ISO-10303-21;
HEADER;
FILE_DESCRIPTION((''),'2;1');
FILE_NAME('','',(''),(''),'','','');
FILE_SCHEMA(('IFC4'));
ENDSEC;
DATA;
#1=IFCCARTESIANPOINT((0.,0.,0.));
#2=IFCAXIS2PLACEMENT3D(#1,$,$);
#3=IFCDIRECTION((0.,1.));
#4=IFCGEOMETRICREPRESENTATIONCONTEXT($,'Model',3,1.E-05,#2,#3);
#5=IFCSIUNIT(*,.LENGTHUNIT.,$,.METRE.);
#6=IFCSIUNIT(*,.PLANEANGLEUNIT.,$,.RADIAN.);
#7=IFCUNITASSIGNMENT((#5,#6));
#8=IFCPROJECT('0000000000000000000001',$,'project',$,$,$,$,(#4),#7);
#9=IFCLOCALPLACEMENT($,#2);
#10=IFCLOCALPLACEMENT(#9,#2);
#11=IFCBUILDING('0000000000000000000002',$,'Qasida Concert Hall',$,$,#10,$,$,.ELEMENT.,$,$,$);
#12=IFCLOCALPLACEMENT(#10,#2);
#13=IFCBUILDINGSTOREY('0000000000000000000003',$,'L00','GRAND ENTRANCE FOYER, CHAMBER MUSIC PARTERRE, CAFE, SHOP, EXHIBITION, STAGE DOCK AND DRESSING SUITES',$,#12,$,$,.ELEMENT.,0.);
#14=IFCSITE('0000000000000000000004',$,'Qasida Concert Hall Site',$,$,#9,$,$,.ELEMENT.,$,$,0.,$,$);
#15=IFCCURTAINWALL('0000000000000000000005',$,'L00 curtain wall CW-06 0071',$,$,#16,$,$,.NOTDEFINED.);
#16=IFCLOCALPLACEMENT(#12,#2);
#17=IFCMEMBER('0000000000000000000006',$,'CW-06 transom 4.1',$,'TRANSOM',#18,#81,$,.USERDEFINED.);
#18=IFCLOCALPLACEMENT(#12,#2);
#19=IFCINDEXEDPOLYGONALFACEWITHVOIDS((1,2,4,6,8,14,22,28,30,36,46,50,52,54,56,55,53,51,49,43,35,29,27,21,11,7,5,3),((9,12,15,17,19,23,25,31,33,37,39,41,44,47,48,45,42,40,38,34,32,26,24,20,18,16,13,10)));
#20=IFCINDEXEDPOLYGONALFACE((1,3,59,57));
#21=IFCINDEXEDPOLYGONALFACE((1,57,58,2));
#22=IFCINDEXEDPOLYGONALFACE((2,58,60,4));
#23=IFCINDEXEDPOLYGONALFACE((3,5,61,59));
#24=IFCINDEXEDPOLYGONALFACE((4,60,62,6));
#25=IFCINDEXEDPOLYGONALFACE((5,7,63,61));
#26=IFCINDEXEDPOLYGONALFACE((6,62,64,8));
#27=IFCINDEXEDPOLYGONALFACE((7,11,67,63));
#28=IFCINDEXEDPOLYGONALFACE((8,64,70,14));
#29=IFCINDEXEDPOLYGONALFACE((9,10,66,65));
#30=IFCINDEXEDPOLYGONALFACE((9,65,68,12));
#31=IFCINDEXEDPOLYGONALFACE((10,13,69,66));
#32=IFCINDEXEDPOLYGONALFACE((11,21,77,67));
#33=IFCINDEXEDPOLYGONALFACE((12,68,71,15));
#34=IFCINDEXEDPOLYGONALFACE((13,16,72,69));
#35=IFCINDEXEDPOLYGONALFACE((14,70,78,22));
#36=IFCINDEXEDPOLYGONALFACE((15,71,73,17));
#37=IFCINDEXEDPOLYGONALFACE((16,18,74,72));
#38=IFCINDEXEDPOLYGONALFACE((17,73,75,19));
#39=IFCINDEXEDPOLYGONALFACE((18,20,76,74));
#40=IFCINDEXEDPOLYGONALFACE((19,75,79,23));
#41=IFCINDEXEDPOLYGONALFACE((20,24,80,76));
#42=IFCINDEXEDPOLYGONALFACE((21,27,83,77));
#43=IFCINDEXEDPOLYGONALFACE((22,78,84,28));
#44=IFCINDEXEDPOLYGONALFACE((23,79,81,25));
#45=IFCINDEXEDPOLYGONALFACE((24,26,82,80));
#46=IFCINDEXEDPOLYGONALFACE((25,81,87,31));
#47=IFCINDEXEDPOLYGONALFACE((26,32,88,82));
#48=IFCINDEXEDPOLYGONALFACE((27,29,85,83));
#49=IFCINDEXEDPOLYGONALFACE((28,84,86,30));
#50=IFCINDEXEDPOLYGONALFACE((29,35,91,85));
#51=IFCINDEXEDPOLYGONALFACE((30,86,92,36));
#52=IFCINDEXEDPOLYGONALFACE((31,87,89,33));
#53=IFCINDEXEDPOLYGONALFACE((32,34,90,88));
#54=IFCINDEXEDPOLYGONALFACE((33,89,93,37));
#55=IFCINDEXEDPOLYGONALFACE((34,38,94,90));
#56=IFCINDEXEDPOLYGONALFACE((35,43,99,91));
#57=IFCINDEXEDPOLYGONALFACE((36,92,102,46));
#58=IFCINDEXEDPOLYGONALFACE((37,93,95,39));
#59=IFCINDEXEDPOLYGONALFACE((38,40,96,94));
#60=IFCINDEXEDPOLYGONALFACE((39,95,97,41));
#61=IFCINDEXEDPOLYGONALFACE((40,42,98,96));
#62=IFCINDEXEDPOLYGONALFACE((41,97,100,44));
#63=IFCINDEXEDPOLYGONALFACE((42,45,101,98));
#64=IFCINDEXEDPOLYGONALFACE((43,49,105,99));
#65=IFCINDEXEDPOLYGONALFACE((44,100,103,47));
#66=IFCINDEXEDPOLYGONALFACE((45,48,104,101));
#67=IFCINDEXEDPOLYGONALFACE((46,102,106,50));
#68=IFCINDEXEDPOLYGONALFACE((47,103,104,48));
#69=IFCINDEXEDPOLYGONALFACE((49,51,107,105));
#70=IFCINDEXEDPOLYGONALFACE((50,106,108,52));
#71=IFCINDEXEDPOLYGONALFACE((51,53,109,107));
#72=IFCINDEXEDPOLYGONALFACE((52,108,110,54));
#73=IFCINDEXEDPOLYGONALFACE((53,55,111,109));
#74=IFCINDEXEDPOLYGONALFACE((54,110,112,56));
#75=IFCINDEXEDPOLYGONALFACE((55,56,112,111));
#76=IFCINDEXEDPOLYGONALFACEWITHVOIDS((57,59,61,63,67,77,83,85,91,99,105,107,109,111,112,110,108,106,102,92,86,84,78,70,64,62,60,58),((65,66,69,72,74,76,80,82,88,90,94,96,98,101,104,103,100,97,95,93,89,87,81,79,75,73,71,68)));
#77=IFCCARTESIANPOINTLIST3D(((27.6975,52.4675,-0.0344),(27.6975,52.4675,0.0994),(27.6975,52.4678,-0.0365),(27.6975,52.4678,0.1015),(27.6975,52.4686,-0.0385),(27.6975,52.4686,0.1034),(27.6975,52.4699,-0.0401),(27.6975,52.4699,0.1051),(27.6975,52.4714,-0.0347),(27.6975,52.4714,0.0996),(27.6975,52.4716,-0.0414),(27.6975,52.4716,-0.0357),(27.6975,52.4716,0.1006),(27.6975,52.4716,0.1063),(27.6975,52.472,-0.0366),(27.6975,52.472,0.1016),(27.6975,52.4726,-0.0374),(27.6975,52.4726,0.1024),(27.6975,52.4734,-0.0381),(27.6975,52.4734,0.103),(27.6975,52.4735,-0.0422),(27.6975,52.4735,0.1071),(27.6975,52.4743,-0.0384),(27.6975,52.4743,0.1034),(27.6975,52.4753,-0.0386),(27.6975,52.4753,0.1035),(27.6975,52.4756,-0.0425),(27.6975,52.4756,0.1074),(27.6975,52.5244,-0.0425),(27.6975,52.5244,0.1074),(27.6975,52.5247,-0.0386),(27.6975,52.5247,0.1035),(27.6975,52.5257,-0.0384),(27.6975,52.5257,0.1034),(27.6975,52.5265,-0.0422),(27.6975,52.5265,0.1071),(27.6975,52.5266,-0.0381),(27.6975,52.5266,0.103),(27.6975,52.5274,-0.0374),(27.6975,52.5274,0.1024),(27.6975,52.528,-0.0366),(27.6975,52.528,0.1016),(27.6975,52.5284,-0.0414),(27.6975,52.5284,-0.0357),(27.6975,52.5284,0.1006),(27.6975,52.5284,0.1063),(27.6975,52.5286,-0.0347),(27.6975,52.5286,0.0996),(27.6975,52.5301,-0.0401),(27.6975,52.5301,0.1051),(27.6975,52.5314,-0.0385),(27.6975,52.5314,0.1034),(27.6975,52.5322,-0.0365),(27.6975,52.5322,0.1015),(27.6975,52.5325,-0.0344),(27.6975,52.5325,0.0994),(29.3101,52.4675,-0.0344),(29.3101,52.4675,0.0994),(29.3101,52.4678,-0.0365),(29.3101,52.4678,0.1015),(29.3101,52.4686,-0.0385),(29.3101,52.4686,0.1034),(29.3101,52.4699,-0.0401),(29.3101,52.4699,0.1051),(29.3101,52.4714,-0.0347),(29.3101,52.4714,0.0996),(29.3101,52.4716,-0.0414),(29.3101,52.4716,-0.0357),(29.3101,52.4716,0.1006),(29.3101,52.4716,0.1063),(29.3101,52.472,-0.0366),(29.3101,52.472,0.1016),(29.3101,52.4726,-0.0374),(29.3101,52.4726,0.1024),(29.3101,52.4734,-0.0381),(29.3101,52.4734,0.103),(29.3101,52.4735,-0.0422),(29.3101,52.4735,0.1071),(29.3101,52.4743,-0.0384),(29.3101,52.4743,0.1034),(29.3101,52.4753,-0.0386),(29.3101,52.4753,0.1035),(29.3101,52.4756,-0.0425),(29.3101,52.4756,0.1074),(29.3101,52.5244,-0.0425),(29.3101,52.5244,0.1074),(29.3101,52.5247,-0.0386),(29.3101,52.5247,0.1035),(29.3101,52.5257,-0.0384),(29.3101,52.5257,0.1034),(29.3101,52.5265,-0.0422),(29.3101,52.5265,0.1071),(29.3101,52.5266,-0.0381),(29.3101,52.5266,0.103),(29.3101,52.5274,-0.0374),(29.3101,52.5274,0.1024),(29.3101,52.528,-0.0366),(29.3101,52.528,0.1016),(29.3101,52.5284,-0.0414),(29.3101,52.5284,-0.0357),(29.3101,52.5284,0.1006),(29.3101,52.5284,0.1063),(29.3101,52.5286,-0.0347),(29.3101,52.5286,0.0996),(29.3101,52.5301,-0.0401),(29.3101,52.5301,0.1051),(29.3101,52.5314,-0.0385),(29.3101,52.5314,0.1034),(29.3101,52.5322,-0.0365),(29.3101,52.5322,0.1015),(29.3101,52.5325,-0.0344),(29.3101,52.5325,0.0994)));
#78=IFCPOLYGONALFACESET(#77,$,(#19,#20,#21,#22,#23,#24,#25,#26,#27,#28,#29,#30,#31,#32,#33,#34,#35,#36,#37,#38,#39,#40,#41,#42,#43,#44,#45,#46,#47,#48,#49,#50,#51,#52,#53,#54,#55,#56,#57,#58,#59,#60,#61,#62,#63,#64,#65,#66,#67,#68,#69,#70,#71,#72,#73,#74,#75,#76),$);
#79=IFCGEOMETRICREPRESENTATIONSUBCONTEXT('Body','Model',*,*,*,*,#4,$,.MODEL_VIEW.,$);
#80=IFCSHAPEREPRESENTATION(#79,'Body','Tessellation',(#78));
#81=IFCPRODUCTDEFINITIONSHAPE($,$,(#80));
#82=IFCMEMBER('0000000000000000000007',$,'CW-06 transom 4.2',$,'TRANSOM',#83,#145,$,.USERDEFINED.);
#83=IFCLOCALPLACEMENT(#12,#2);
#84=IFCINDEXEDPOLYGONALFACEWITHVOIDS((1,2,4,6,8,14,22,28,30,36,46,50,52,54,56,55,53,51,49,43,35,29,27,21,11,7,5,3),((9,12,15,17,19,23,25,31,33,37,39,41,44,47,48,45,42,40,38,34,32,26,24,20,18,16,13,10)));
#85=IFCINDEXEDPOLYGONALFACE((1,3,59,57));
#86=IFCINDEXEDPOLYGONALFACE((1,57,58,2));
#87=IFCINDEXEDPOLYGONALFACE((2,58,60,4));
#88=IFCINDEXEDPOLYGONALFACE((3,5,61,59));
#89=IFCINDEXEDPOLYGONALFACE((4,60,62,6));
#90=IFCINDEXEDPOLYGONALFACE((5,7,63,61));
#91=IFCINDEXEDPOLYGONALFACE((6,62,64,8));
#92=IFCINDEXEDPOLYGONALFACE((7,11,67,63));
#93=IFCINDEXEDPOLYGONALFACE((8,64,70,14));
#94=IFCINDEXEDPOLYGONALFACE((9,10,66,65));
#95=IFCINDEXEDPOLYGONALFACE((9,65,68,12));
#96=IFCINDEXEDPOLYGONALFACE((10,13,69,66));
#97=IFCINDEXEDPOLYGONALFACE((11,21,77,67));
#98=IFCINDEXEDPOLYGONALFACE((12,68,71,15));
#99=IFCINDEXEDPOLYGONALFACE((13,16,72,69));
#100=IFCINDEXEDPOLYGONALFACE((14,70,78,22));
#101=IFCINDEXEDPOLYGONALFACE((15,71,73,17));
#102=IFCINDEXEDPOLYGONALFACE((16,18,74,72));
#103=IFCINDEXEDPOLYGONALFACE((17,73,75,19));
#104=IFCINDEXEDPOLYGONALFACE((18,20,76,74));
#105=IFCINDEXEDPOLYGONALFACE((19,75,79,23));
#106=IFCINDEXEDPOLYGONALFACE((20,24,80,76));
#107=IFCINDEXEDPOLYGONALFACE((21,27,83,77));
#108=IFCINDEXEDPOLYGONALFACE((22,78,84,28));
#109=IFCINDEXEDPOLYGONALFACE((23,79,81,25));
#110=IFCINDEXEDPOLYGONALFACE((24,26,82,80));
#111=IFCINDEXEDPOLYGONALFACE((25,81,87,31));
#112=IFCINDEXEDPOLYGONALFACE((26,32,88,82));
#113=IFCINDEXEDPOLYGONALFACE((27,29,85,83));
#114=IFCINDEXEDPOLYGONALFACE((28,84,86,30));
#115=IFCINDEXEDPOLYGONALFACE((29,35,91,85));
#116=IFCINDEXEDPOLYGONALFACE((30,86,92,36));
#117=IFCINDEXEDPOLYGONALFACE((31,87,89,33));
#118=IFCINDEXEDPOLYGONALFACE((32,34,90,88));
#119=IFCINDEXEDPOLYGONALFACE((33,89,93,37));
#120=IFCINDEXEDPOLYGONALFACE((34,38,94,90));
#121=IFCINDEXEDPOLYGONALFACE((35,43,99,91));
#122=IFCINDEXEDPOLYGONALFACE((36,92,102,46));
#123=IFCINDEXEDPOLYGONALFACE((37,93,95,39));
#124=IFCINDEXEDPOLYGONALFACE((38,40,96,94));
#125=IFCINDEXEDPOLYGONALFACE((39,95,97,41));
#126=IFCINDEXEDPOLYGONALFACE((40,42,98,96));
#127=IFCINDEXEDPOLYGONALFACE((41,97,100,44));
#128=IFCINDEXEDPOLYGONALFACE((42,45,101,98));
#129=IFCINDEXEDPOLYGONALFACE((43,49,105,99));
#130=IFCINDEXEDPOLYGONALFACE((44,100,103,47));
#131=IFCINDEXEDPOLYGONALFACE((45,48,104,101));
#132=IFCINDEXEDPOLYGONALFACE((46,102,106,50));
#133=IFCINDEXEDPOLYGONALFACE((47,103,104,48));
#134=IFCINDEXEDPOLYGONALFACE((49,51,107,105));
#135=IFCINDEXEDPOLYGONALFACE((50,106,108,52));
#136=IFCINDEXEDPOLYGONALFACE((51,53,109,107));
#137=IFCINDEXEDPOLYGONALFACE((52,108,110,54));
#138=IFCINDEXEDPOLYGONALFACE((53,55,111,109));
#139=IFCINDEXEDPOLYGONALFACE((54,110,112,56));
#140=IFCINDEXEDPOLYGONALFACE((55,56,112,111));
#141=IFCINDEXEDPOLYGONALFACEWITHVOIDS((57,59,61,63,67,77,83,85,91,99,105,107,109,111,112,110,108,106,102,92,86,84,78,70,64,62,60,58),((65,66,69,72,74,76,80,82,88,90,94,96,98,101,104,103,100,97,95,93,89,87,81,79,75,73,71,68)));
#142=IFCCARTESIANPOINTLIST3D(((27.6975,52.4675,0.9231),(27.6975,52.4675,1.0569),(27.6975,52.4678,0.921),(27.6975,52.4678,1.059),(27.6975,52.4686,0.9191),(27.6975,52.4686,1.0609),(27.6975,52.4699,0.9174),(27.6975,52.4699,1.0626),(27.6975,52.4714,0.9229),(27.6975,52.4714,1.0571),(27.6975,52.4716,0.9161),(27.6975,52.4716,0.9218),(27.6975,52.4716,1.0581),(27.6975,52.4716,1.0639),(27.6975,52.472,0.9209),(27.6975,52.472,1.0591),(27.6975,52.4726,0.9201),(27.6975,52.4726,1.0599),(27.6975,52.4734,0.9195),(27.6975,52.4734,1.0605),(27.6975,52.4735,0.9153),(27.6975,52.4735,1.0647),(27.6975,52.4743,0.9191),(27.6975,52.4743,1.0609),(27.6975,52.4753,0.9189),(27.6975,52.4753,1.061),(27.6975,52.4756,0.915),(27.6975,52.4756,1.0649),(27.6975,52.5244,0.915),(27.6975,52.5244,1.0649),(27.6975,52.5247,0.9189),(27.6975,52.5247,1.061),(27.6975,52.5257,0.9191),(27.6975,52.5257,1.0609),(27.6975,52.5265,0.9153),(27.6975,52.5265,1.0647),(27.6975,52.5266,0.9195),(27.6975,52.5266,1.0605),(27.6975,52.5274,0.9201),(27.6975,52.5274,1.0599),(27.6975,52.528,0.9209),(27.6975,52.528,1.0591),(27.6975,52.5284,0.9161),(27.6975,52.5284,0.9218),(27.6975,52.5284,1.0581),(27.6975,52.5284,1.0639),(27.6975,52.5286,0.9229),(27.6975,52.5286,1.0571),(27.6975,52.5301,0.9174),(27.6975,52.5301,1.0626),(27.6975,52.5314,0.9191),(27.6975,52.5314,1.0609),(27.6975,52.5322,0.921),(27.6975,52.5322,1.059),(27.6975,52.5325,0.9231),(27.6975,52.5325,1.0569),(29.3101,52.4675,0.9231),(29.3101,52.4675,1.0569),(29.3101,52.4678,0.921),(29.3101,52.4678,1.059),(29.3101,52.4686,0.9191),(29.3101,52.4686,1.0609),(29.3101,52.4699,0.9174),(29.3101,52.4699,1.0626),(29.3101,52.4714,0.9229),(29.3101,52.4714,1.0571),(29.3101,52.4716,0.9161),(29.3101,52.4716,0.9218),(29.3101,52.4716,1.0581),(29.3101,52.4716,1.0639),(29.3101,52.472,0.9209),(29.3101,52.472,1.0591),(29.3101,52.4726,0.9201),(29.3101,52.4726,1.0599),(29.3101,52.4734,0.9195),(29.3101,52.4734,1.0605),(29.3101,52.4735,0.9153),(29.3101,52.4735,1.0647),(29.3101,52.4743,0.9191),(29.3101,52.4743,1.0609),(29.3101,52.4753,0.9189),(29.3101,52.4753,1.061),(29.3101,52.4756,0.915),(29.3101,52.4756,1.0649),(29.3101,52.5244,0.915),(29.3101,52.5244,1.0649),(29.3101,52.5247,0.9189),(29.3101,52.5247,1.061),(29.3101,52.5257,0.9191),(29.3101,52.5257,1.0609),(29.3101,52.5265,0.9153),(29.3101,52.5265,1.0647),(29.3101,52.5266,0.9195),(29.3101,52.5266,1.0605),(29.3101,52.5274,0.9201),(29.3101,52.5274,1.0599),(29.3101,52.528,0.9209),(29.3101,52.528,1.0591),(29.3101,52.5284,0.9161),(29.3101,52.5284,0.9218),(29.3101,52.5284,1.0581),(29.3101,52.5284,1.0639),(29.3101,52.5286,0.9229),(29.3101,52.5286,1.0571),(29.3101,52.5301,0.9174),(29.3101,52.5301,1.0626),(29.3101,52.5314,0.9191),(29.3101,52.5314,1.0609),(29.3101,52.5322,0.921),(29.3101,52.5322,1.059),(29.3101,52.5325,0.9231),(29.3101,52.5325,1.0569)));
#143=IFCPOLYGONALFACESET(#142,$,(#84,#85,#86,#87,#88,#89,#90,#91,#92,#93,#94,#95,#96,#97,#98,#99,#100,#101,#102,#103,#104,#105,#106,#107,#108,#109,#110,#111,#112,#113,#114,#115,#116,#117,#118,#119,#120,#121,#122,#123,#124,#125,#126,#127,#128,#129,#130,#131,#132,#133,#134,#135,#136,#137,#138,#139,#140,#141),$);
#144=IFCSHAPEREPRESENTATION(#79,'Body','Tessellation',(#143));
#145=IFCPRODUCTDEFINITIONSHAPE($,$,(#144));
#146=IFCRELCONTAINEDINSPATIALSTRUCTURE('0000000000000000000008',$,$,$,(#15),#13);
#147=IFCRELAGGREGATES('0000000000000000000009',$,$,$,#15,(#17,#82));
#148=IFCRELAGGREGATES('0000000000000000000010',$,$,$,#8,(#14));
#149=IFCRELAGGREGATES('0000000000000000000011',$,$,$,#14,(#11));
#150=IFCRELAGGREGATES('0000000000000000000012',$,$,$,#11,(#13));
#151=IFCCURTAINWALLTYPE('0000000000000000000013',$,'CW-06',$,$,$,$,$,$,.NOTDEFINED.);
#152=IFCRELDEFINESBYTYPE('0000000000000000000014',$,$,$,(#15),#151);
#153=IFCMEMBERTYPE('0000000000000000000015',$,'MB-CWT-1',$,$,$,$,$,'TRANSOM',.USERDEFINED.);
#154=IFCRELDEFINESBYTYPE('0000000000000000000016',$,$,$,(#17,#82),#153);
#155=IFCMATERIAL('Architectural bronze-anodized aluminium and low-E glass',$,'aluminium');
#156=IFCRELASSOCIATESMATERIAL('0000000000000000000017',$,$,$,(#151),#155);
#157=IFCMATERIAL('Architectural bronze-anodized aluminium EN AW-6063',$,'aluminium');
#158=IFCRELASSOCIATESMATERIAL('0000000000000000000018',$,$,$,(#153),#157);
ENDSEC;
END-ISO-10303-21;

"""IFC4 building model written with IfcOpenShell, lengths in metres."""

from ifc_helpers import new_model, si_unit, direction, frame, origin, origin_2d, place, context, subcontext, project, spatial, hollow_rectangle, extrude, material, material_profile, profile_set, type_object, element, aggregate, save


model = new_model("IFC4")

# Units and contexts
model_context = context("Model", 3, precision=1e-05, world=origin(), true_north=direction((0.0, 1.0)))
body_context = subcontext(model_context, "Body", "Model", "MODEL_VIEW")
ifc_project = project(units=[si_unit("LENGTHUNIT", "METRE"), si_unit("PLANEANGLEUNIT", "RADIAN")], contexts=[model_context])

# Site, building, storey
site_placement = place(None, origin())
site = spatial("IfcSite", under=ifc_project, at=site_placement, Name="Qasida Concert Hall Site", CompositionType="ELEMENT", RefElevation=0.0)
building_placement = place(site_placement, origin())
building = spatial("IfcBuilding", under=site, at=building_placement, Name="Qasida Concert Hall", CompositionType="ELEMENT")
storey_placement = place(building_placement, origin())
storey = spatial("IfcBuildingStorey", under=building, at=storey_placement, Name="L00", Description="GRAND ENTRANCE FOYER, CHAMBER MUSIC PARTERRE, CAFE, SHOP, EXHIBITION, STAGE DOCK AND DRESSING SUITES", CompositionType="ELEMENT", Elevation=0.0)

# Curtain wall
ifc_material_1 = material(Name="Architectural bronze-anodized aluminium and low-E glass", Category="aluminium")
curtain_wall_type = type_object("IfcCurtainWallType", Name="CW-06", PredefinedType="NOTDEFINED", material=ifc_material_1)
curtain_wall_1_placement = place(storey_placement, origin())
curtain_wall_1 = element("IfcCurtainWall", 1, at=curtain_wall_1_placement, inside=storey, type_object=curtain_wall_type, Name="L00 curtain wall CW-06 0071", PredefinedType="NOTDEFINED")
ifc_material_2 = material(Name="Architectural bronze-anodized aluminium EN AW-6063", Category="aluminium")

# Members
ifc_material_profile_1 = material_profile(ifc_material_2, hollow_rectangle(XDim=0.0649, YDim=0.1499, WallThickness=0.0039, InnerFilletRadius=0.0039, OuterFilletRadius=0.0081, at=origin_2d()), Name="CWT 150x65x4")
ifc_profile_set_1 = profile_set([ifc_material_profile_1], Name="Architectural bronze-anodized aluminium EN AW-6063")
member_type_1 = type_object("IfcMemberType", Name="MB-CWT-1", ElementType="TRANSOM", PredefinedType="USERDEFINED", material=ifc_profile_set_1)
member_1_placement = place(storey_placement, frame((27.6975, 52.5, 0.0325), z_axis=(1.0, 0.0, 0.0), x_axis=(0.0, 1.0, 0.0)))
member_1 = element("IfcMember", 2, at=member_1_placement, type_object=member_type_1, Name="CW-06 transom 4.1", ObjectType="TRANSOM", PredefinedType="USERDEFINED", context=body_context, shape_type="SweptSolid", body=[
    extrude(hollow_rectangle(XDim=0.0649, YDim=0.1499, WallThickness=0.0039, InnerFilletRadius=0.0039, OuterFilletRadius=0.0081, at=origin_2d()), origin(), (0.0, 0.0, 1.0), 1.6125),
])
member_2_placement = place(storey_placement, frame((27.6975, 52.5, 0.99), z_axis=(1.0, 0.0, 0.0), x_axis=(0.0, 1.0, 0.0)))
member_2 = element("IfcMember", 3, at=member_2_placement, type_object=member_type_1, Name="CW-06 transom 4.2", ObjectType="TRANSOM", PredefinedType="USERDEFINED", context=body_context, shape_type="SweptSolid", body=[
    extrude(hollow_rectangle(XDim=0.0649, YDim=0.1499, WallThickness=0.0039, InnerFilletRadius=0.0039, OuterFilletRadius=0.0081, at=origin_2d()), origin(), (0.0, 0.0, 1.0), 1.6125),
])

aggregate(curtain_wall_1, [member_1, member_2])

save(model, "model.ifc")
